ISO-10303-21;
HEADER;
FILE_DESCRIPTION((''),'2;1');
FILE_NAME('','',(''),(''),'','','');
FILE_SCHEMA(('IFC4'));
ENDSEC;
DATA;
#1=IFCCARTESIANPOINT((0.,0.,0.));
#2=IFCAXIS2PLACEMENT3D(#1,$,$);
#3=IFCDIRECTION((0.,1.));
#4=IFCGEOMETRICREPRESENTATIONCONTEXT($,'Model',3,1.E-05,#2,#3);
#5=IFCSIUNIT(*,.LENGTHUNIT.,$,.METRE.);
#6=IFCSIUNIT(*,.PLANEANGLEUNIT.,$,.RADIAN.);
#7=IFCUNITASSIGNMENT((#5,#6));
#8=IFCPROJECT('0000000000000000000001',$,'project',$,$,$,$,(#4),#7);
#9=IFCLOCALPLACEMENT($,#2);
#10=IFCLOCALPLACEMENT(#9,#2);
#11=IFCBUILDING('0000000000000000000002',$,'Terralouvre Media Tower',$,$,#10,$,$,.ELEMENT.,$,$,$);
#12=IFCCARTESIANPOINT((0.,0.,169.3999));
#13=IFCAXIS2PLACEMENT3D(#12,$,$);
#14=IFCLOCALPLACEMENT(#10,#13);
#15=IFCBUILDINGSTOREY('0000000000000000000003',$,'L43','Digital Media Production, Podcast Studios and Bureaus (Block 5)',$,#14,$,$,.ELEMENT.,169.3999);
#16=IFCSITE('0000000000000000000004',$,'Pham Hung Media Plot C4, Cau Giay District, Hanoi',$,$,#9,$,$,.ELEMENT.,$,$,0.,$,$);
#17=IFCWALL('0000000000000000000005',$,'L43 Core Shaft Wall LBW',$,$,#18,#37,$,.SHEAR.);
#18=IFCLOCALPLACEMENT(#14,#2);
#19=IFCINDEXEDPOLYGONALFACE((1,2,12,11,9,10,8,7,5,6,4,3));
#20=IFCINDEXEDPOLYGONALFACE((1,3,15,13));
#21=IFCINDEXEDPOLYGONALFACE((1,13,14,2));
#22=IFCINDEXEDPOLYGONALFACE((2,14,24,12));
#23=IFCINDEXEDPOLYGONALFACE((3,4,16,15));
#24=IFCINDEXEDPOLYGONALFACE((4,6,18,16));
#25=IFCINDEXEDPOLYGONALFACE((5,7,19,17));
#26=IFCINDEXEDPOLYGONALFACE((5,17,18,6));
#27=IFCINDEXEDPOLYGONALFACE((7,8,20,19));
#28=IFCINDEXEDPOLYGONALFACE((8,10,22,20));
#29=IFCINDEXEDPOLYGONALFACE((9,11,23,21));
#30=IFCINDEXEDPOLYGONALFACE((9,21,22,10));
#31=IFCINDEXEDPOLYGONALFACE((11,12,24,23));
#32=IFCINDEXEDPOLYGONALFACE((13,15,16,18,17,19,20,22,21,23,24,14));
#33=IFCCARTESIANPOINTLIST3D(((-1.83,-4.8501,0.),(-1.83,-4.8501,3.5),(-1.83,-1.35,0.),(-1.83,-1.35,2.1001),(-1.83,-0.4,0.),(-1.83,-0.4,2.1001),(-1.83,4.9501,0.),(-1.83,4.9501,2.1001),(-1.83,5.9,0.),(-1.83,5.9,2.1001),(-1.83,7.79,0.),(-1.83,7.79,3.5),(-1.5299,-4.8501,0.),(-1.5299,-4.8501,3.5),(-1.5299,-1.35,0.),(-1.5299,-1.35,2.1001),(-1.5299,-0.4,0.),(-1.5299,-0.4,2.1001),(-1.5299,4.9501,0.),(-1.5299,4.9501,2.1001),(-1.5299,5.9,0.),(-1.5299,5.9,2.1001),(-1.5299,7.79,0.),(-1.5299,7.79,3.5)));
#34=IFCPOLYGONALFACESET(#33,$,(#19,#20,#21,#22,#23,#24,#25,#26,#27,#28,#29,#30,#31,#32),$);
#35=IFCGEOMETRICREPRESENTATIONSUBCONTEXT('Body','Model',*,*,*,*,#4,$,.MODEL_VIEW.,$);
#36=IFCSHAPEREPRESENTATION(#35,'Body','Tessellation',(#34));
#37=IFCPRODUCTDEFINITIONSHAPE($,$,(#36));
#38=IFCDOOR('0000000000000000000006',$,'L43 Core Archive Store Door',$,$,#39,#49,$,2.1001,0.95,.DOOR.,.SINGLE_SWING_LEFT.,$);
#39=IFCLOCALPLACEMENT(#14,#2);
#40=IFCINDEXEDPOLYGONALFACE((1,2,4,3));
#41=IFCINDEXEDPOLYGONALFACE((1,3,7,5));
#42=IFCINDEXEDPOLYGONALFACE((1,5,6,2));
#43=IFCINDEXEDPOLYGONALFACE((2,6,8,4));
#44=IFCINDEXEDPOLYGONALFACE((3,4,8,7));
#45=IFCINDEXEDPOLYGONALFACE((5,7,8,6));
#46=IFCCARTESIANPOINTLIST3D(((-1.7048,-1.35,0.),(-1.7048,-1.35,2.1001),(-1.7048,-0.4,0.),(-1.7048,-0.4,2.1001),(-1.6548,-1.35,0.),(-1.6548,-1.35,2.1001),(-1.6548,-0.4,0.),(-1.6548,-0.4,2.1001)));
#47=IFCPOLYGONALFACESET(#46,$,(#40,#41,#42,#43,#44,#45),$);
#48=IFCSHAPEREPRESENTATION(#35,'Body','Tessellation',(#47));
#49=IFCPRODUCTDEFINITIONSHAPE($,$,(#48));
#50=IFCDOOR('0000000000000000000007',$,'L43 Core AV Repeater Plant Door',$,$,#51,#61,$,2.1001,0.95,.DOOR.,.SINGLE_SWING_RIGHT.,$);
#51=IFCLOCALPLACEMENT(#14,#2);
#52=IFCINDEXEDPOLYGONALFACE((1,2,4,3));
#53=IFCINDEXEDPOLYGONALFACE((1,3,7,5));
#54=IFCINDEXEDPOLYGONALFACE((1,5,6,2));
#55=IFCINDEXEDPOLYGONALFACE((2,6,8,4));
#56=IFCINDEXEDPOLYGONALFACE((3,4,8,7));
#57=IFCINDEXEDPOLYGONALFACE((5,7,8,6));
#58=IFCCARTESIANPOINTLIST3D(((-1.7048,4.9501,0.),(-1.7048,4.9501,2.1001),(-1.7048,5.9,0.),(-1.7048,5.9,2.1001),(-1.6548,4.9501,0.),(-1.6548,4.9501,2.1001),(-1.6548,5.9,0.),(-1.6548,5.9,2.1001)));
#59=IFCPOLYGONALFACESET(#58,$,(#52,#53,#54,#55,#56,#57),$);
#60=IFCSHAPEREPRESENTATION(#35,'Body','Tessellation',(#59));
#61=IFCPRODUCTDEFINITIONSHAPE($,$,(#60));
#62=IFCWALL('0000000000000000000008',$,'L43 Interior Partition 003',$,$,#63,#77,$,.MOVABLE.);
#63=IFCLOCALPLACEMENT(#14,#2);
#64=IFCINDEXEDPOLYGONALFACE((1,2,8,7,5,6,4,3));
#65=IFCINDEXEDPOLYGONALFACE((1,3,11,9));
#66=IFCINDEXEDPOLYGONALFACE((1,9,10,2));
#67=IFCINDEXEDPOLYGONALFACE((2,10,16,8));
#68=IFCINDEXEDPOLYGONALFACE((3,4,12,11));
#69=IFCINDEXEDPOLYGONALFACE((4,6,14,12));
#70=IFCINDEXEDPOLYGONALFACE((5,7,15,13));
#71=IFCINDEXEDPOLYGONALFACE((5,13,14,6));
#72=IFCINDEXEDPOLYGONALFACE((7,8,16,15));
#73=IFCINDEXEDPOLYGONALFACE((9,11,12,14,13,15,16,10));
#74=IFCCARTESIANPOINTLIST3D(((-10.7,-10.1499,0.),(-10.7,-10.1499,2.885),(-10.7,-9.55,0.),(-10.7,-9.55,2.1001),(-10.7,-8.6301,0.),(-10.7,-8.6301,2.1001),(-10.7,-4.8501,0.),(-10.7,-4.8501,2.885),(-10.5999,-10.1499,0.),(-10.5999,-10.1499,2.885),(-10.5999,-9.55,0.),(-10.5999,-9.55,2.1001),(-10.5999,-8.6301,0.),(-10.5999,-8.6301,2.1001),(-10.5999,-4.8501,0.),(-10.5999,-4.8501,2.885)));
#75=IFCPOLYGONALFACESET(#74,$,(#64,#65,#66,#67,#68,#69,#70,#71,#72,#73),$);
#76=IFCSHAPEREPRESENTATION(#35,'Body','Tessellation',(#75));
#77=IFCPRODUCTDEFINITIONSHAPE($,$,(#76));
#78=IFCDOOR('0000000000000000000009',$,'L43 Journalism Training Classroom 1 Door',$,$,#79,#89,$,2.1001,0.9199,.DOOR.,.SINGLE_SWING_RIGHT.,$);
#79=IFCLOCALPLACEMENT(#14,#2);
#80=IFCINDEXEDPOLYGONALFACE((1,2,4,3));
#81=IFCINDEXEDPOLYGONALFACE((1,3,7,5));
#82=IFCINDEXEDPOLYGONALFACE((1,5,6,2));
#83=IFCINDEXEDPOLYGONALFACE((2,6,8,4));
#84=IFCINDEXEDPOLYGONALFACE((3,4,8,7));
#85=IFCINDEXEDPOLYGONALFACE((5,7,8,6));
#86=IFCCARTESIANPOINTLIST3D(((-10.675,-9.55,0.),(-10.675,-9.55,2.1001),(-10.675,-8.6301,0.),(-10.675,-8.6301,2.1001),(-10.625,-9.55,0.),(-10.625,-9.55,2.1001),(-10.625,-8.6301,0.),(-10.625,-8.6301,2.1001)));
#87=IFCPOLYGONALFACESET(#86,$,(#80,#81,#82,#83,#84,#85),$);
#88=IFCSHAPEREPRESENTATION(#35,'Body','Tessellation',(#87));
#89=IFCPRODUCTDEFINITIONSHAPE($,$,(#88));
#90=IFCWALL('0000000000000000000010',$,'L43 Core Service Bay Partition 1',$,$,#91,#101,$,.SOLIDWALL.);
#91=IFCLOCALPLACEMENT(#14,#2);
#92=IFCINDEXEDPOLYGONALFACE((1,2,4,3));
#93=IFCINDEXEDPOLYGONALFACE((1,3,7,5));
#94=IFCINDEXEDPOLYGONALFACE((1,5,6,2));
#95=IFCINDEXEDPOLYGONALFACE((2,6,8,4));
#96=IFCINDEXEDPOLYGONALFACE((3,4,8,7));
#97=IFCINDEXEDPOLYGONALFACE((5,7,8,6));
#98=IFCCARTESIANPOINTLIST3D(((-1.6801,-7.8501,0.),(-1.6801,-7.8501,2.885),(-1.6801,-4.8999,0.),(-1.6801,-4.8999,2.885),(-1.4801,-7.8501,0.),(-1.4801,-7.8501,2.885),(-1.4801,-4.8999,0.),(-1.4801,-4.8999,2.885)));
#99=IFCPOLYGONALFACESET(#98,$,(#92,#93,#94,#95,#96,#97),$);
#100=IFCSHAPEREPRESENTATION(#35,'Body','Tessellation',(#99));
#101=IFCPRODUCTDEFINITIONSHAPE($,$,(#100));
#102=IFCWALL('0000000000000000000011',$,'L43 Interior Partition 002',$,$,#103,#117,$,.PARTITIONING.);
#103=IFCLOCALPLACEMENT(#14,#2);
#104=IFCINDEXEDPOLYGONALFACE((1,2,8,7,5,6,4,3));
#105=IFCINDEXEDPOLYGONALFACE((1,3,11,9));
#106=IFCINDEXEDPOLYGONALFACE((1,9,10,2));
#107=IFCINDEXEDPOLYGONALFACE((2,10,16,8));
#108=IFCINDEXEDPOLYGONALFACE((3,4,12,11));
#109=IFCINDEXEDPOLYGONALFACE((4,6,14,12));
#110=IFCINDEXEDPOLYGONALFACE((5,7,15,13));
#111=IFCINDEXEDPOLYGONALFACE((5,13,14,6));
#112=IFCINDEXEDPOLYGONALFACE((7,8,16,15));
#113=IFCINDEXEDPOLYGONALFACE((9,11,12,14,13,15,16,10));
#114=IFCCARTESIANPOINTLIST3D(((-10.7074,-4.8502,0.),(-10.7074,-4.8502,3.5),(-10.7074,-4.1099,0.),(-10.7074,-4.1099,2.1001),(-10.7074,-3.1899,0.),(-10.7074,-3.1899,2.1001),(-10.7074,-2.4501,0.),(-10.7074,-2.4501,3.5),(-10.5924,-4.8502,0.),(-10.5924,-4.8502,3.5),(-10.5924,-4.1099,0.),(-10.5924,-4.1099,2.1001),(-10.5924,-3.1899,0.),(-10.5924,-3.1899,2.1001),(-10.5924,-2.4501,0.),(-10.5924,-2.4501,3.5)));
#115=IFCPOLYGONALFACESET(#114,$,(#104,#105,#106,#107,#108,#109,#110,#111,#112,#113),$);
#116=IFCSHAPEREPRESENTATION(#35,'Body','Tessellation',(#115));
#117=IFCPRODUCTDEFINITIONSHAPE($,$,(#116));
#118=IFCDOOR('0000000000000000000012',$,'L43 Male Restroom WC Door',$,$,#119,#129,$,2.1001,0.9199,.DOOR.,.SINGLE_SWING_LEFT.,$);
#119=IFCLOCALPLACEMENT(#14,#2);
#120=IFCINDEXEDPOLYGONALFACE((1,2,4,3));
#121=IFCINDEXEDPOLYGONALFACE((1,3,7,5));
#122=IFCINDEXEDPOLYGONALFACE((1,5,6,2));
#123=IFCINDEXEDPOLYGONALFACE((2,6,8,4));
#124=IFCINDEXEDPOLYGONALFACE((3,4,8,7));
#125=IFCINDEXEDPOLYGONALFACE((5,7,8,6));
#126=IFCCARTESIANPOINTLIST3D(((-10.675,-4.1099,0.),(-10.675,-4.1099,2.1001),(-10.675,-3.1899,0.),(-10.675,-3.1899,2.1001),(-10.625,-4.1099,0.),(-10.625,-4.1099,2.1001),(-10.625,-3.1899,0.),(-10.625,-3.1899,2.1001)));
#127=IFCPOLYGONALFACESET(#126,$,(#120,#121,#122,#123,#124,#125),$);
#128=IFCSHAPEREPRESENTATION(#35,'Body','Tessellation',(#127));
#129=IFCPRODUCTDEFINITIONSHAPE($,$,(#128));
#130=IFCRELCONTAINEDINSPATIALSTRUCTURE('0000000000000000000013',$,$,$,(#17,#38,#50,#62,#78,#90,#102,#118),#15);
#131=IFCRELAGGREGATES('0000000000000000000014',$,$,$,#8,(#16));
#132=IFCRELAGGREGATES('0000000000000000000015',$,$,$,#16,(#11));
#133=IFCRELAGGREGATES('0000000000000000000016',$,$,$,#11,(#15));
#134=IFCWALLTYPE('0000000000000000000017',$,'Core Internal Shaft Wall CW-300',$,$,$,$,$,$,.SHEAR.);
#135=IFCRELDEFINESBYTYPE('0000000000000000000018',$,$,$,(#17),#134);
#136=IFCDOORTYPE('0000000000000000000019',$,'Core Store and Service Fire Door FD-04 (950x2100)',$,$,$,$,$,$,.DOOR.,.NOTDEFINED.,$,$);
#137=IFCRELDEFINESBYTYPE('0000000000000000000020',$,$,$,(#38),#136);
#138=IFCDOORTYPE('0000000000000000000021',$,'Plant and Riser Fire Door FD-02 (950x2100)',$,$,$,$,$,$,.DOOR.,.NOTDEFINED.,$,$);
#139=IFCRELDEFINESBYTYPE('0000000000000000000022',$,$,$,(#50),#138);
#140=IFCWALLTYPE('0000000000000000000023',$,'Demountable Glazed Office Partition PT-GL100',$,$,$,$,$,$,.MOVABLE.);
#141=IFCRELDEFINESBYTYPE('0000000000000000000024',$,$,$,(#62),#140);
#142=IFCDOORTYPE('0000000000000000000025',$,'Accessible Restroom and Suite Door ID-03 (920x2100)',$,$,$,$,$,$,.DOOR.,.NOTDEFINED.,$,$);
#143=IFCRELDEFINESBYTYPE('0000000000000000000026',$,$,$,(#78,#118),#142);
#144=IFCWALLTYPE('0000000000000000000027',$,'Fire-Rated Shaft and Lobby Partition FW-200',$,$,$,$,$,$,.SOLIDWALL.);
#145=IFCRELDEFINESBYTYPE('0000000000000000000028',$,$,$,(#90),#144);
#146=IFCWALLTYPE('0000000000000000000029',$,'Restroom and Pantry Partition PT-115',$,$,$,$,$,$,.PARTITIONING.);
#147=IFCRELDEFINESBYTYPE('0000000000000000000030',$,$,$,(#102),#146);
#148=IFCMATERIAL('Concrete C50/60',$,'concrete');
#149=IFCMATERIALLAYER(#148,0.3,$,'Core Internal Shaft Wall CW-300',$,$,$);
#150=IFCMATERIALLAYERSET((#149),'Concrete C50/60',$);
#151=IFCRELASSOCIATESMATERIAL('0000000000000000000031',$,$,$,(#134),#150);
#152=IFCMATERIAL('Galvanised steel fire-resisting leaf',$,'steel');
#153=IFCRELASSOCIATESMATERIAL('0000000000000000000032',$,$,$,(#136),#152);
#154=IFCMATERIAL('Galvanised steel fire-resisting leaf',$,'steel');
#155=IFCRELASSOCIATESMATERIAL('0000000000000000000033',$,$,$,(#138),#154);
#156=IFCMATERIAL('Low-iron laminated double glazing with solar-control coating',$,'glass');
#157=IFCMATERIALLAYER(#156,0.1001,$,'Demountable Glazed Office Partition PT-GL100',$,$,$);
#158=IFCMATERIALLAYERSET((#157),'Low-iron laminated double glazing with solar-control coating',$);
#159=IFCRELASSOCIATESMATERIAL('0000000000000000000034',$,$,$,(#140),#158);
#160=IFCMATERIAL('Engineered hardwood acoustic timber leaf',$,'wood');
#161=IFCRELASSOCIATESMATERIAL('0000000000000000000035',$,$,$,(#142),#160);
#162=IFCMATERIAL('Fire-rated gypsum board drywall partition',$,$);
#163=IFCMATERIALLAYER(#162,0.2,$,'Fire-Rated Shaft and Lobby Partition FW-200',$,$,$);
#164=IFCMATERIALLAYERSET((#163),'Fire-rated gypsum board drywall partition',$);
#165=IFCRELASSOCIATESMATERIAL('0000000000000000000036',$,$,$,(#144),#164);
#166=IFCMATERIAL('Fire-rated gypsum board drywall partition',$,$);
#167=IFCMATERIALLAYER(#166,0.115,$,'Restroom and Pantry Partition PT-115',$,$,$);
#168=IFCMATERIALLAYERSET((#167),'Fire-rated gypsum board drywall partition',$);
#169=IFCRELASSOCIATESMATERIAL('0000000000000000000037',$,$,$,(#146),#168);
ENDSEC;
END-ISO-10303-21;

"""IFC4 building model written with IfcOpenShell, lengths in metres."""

from ifc_helpers import new_model, si_unit, direction, frame, frame_2d, origin, place, context, subcontext, project, spatial, rectangle, extrude, material, layer, layer_set, type_object, element, fill, save


model = new_model("IFC4")

# Units and contexts
model_context = context("Model", 3, precision=1e-05, world=origin(), true_north=direction((0.0, 1.0)))
body_context = subcontext(model_context, "Body", "Model", "MODEL_VIEW")
ifc_project = project(units=[si_unit("LENGTHUNIT", "METRE"), si_unit("PLANEANGLEUNIT", "RADIAN")], contexts=[model_context])

# Site, building, storey
site_placement = place(None, origin())
site = spatial("IfcSite", under=ifc_project, at=site_placement, Name="Pham Hung Media Plot C4, Cau Giay District, Hanoi", CompositionType="ELEMENT", RefElevation=0.0)
building_placement = place(site_placement, origin())
building = spatial("IfcBuilding", under=site, at=building_placement, Name="Terralouvre Media Tower", CompositionType="ELEMENT")
storey_placement = place(building_placement, frame((0.0, 0.0, 169.3999)))
storey = spatial("IfcBuildingStorey", under=building, at=storey_placement, Name="L43", Description="Digital Media Production, Podcast Studios and Bureaus (Block 5)", CompositionType="ELEMENT", Elevation=169.3999)

# Shared definitions
ifc_material_1 = material(Name="Concrete C50/60", Category="concrete")
ifc_layer_1 = layer(ifc_material_1, 0.3, Name="Core Internal Shaft Wall CW-300")
ifc_layer_set_1 = layer_set([ifc_layer_1], Name="Concrete C50/60")
wall_type_1 = type_object("IfcWallType", Name="Core Internal Shaft Wall CW-300", PredefinedType="SHEAR", material=ifc_layer_set_1)

# Wall, openings, doors
wall_1_placement = place(storey_placement, frame((-1.6799, -4.8501, 0.0), z_axis=(0.0, 0.0, 1.0), x_axis=(0.0, 1.0, 0.0)))
wall_1 = element("IfcWall", 1, at=wall_1_placement, inside=storey, type_object=wall_type_1, Name="L43 Core Shaft Wall LBW", PredefinedType="SHEAR", context=body_context, shape_type="SweptSolid", body=[
    extrude(rectangle(XDim=12.6401, YDim=0.3, at=frame_2d((6.3201, 0.0))), origin(), (0.0, 0.0, 1.0), 3.5),
])
opening_1_placement = place(wall_1_placement, frame((3.5, 0.0, 0.0)))
opening_1 = element("IfcOpeningElement", 2, at=opening_1_placement, cuts=wall_1, PredefinedType="OPENING", context=body_context, shape_type="SweptSolid", body=[
    extrude(rectangle(XDim=0.95, YDim=2.1001, at=frame_2d((0.4751, 1.05))), frame((0.0, 0.1599, 0.0), z_axis=(0.0, -1.0, 0.0), x_axis=(1.0, 0.0, 0.0)), (0.0, 0.0, 1.0), 0.3201),
])
opening_2_placement = place(wall_1_placement, frame((9.8, 0.0, 0.0)))
opening_2 = element("IfcOpeningElement", 3, at=opening_2_placement, cuts=wall_1, PredefinedType="OPENING", context=body_context, shape_type="SweptSolid", body=[
    extrude(rectangle(XDim=0.95, YDim=2.1001, at=frame_2d((0.4751, 1.05))), frame((0.0, 0.1599, 0.0), z_axis=(0.0, -1.0, 0.0), x_axis=(1.0, 0.0, 0.0)), (0.0, 0.0, 1.0), 0.3201),
])
ifc_material_2 = material(Name="Galvanised steel fire-resisting leaf", Category="steel")
door_type_1 = type_object("IfcDoorType", Name="Core Store and Service Fire Door FD-04 (950x2100)", OperationType="NOTDEFINED", PredefinedType="DOOR", material=ifc_material_2)
door_1_placement = place(opening_1_placement, origin())
door_1 = element("IfcDoor", 4, at=door_1_placement, inside=storey, type_object=door_type_1, Name="L43 Core Archive Store Door", OperationType="SINGLE_SWING_LEFT", OverallHeight=2.1001, OverallWidth=0.95, PredefinedType="DOOR", context=body_context, shape_type="SweptSolid", body=[
    extrude(rectangle(XDim=0.95, YDim=2.1001, at=frame_2d((0.4751, 1.05))), frame((0.0, 0.0249, 0.0), z_axis=(0.0, -1.0, 0.0), x_axis=(1.0, 0.0, 0.0)), (0.0, 0.0, 1.0), 0.05),
])
fill(opening_1, door_1)
ifc_material_3 = material(Name="Galvanised steel fire-resisting leaf", Category="steel")
door_type_2 = type_object("IfcDoorType", Name="Plant and Riser Fire Door FD-02 (950x2100)", OperationType="NOTDEFINED", PredefinedType="DOOR", material=ifc_material_3)
door_2_placement = place(opening_2_placement, origin())
door_2 = element("IfcDoor", 5, at=door_2_placement, inside=storey, type_object=door_type_2, Name="L43 Core AV Repeater Plant Door", OperationType="SINGLE_SWING_RIGHT", OverallHeight=2.1001, OverallWidth=0.95, PredefinedType="DOOR", context=body_context, shape_type="SweptSolid", body=[
    extrude(rectangle(XDim=0.95, YDim=2.1001, at=frame_2d((0.4751, 1.05))), frame((0.0, 0.0249, 0.0), z_axis=(0.0, -1.0, 0.0), x_axis=(1.0, 0.0, 0.0)), (0.0, 0.0, 1.0), 0.05),
])
fill(opening_2, door_2)

# Wall, opening, door
ifc_material_4 = material(Name="Low-iron laminated double glazing with solar-control coating", Category="glass")
ifc_layer_2 = layer(ifc_material_4, 0.1001, Name="Demountable Glazed Office Partition PT-GL100")
ifc_layer_set_2 = layer_set([ifc_layer_2], Name="Low-iron laminated double glazing with solar-control coating")
wall_type_2 = type_object("IfcWallType", Name="Demountable Glazed Office Partition PT-GL100", PredefinedType="MOVABLE", material=ifc_layer_set_2)
wall_2_placement = place(storey_placement, frame((-10.6499, -4.8501, 0.0), z_axis=(0.0, 0.0, 1.0), x_axis=(0.0, -1.0, 0.0)))
wall_2 = element("IfcWall", 6, at=wall_2_placement, inside=storey, type_object=wall_type_2, Name="L43 Interior Partition 003", PredefinedType="MOVABLE", context=body_context, shape_type="SweptSolid", body=[
    extrude(rectangle(XDim=5.2998, YDim=0.1001, at=frame_2d((2.6499, 0.0))), origin(), (0.0, 0.0, 1.0), 2.885),
])
opening_3_placement = place(wall_2_placement, frame((3.78, 0.0, 0.0)))
opening_3 = element("IfcOpeningElement", 7, at=opening_3_placement, cuts=wall_2, PredefinedType="OPENING", context=body_context, shape_type="SweptSolid", body=[
    extrude(rectangle(XDim=0.9199, YDim=2.1001, at=frame_2d((0.46, 1.05))), frame((0.0, 0.0601, 0.0), z_axis=(0.0, -1.0, 0.0), x_axis=(1.0, 0.0, 0.0)), (0.0, 0.0, 1.0), 0.1201),
])
ifc_material_5 = material(Name="Engineered hardwood acoustic timber leaf", Category="wood")
door_type_3 = type_object("IfcDoorType", Name="Accessible Restroom and Suite Door ID-03 (920x2100)", OperationType="NOTDEFINED", PredefinedType="DOOR", material=ifc_material_5)
door_3_placement = place(opening_3_placement, origin())
door_3 = element("IfcDoor", 8, at=door_3_placement, inside=storey, type_object=door_type_3, Name="L43 Journalism Training Classroom 1 Door", OperationType="SINGLE_SWING_RIGHT", OverallHeight=2.1001, OverallWidth=0.9199, PredefinedType="DOOR", context=body_context, shape_type="SweptSolid", body=[
    extrude(rectangle(XDim=0.9199, YDim=2.1001, at=frame_2d((0.46, 1.05))), frame((0.0, 0.0249, 0.0), z_axis=(0.0, -1.0, 0.0), x_axis=(1.0, 0.0, 0.0)), (0.0, 0.0, 1.0), 0.05),
])
fill(opening_3, door_3)

# Wall
ifc_material_6 = material(Name="Fire-rated gypsum board drywall partition")
ifc_layer_3 = layer(ifc_material_6, 0.2, Name="Fire-Rated Shaft and Lobby Partition FW-200")
ifc_layer_set_3 = layer_set([ifc_layer_3], Name="Fire-rated gypsum board drywall partition")
wall_type_3 = type_object("IfcWallType", Name="Fire-Rated Shaft and Lobby Partition FW-200", PredefinedType="SOLIDWALL", material=ifc_layer_set_3)
wall_3_placement = place(storey_placement, frame((-1.5801, -7.8501, 0.0), z_axis=(0.0, 0.0, 1.0), x_axis=(0.0, 1.0, 0.0)))
element("IfcWall", 9, at=wall_3_placement, inside=storey, type_object=wall_type_3, Name="L43 Core Service Bay Partition 1", PredefinedType="SOLIDWALL", context=body_context, shape_type="SweptSolid", body=[
    extrude(rectangle(XDim=2.9502, YDim=0.2, at=frame_2d((1.4751, 0.0))), origin(), (0.0, 0.0, 1.0), 2.885),
])

# Wall, opening, door
ifc_material_7 = material(Name="Fire-rated gypsum board drywall partition")
ifc_layer_4 = layer(ifc_material_7, 0.115, Name="Restroom and Pantry Partition PT-115")
ifc_layer_set_4 = layer_set([ifc_layer_4], Name="Fire-rated gypsum board drywall partition")
wall_type_4 = type_object("IfcWallType", Name="Restroom and Pantry Partition PT-115", PredefinedType="PARTITIONING", material=ifc_layer_set_4)
wall_4_placement = place(storey_placement, frame((-10.6499, -2.45, 0.0), z_axis=(0.0, 0.0, 1.0), x_axis=(0.0, -1.0, 0.0)))
wall_4 = element("IfcWall", 10, at=wall_4_placement, inside=storey, type_object=wall_type_4, Name="L43 Interior Partition 002", PredefinedType="PARTITIONING", context=body_context, shape_type="SweptSolid", body=[
    extrude(rectangle(XDim=2.4001, YDim=0.115, at=frame_2d((1.2002, 0.0))), origin(), (0.0, 0.0, 1.0), 3.5),
])
opening_4_placement = place(wall_4_placement, frame((0.74, 0.0, 0.0)))
opening_4 = element("IfcOpeningElement", 11, at=opening_4_placement, cuts=wall_4, PredefinedType="OPENING", context=body_context, shape_type="SweptSolid", body=[
    extrude(rectangle(XDim=0.9199, YDim=2.1001, at=frame_2d((0.46, 1.05))), frame((0.0, 0.0674, 0.0), z_axis=(0.0, -1.0, 0.0), x_axis=(1.0, 0.0, 0.0)), (0.0, 0.0, 1.0), 0.135),
])
door_4_placement = place(opening_4_placement, origin())
door_4 = element("IfcDoor", 12, at=door_4_placement, inside=storey, type_object=door_type_3, Name="L43 Male Restroom WC Door", OperationType="SINGLE_SWING_LEFT", OverallHeight=2.1001, OverallWidth=0.9199, PredefinedType="DOOR", context=body_context, shape_type="SweptSolid", body=[
    extrude(rectangle(XDim=0.9199, YDim=2.1001, at=frame_2d((0.46, 1.05))), frame((0.0, 0.0249, 0.0), z_axis=(0.0, -1.0, 0.0), x_axis=(1.0, 0.0, 0.0)), (0.0, 0.0, 1.0), 0.05),
])
fill(opening_4, door_4)

save(model, "model.ifc")
